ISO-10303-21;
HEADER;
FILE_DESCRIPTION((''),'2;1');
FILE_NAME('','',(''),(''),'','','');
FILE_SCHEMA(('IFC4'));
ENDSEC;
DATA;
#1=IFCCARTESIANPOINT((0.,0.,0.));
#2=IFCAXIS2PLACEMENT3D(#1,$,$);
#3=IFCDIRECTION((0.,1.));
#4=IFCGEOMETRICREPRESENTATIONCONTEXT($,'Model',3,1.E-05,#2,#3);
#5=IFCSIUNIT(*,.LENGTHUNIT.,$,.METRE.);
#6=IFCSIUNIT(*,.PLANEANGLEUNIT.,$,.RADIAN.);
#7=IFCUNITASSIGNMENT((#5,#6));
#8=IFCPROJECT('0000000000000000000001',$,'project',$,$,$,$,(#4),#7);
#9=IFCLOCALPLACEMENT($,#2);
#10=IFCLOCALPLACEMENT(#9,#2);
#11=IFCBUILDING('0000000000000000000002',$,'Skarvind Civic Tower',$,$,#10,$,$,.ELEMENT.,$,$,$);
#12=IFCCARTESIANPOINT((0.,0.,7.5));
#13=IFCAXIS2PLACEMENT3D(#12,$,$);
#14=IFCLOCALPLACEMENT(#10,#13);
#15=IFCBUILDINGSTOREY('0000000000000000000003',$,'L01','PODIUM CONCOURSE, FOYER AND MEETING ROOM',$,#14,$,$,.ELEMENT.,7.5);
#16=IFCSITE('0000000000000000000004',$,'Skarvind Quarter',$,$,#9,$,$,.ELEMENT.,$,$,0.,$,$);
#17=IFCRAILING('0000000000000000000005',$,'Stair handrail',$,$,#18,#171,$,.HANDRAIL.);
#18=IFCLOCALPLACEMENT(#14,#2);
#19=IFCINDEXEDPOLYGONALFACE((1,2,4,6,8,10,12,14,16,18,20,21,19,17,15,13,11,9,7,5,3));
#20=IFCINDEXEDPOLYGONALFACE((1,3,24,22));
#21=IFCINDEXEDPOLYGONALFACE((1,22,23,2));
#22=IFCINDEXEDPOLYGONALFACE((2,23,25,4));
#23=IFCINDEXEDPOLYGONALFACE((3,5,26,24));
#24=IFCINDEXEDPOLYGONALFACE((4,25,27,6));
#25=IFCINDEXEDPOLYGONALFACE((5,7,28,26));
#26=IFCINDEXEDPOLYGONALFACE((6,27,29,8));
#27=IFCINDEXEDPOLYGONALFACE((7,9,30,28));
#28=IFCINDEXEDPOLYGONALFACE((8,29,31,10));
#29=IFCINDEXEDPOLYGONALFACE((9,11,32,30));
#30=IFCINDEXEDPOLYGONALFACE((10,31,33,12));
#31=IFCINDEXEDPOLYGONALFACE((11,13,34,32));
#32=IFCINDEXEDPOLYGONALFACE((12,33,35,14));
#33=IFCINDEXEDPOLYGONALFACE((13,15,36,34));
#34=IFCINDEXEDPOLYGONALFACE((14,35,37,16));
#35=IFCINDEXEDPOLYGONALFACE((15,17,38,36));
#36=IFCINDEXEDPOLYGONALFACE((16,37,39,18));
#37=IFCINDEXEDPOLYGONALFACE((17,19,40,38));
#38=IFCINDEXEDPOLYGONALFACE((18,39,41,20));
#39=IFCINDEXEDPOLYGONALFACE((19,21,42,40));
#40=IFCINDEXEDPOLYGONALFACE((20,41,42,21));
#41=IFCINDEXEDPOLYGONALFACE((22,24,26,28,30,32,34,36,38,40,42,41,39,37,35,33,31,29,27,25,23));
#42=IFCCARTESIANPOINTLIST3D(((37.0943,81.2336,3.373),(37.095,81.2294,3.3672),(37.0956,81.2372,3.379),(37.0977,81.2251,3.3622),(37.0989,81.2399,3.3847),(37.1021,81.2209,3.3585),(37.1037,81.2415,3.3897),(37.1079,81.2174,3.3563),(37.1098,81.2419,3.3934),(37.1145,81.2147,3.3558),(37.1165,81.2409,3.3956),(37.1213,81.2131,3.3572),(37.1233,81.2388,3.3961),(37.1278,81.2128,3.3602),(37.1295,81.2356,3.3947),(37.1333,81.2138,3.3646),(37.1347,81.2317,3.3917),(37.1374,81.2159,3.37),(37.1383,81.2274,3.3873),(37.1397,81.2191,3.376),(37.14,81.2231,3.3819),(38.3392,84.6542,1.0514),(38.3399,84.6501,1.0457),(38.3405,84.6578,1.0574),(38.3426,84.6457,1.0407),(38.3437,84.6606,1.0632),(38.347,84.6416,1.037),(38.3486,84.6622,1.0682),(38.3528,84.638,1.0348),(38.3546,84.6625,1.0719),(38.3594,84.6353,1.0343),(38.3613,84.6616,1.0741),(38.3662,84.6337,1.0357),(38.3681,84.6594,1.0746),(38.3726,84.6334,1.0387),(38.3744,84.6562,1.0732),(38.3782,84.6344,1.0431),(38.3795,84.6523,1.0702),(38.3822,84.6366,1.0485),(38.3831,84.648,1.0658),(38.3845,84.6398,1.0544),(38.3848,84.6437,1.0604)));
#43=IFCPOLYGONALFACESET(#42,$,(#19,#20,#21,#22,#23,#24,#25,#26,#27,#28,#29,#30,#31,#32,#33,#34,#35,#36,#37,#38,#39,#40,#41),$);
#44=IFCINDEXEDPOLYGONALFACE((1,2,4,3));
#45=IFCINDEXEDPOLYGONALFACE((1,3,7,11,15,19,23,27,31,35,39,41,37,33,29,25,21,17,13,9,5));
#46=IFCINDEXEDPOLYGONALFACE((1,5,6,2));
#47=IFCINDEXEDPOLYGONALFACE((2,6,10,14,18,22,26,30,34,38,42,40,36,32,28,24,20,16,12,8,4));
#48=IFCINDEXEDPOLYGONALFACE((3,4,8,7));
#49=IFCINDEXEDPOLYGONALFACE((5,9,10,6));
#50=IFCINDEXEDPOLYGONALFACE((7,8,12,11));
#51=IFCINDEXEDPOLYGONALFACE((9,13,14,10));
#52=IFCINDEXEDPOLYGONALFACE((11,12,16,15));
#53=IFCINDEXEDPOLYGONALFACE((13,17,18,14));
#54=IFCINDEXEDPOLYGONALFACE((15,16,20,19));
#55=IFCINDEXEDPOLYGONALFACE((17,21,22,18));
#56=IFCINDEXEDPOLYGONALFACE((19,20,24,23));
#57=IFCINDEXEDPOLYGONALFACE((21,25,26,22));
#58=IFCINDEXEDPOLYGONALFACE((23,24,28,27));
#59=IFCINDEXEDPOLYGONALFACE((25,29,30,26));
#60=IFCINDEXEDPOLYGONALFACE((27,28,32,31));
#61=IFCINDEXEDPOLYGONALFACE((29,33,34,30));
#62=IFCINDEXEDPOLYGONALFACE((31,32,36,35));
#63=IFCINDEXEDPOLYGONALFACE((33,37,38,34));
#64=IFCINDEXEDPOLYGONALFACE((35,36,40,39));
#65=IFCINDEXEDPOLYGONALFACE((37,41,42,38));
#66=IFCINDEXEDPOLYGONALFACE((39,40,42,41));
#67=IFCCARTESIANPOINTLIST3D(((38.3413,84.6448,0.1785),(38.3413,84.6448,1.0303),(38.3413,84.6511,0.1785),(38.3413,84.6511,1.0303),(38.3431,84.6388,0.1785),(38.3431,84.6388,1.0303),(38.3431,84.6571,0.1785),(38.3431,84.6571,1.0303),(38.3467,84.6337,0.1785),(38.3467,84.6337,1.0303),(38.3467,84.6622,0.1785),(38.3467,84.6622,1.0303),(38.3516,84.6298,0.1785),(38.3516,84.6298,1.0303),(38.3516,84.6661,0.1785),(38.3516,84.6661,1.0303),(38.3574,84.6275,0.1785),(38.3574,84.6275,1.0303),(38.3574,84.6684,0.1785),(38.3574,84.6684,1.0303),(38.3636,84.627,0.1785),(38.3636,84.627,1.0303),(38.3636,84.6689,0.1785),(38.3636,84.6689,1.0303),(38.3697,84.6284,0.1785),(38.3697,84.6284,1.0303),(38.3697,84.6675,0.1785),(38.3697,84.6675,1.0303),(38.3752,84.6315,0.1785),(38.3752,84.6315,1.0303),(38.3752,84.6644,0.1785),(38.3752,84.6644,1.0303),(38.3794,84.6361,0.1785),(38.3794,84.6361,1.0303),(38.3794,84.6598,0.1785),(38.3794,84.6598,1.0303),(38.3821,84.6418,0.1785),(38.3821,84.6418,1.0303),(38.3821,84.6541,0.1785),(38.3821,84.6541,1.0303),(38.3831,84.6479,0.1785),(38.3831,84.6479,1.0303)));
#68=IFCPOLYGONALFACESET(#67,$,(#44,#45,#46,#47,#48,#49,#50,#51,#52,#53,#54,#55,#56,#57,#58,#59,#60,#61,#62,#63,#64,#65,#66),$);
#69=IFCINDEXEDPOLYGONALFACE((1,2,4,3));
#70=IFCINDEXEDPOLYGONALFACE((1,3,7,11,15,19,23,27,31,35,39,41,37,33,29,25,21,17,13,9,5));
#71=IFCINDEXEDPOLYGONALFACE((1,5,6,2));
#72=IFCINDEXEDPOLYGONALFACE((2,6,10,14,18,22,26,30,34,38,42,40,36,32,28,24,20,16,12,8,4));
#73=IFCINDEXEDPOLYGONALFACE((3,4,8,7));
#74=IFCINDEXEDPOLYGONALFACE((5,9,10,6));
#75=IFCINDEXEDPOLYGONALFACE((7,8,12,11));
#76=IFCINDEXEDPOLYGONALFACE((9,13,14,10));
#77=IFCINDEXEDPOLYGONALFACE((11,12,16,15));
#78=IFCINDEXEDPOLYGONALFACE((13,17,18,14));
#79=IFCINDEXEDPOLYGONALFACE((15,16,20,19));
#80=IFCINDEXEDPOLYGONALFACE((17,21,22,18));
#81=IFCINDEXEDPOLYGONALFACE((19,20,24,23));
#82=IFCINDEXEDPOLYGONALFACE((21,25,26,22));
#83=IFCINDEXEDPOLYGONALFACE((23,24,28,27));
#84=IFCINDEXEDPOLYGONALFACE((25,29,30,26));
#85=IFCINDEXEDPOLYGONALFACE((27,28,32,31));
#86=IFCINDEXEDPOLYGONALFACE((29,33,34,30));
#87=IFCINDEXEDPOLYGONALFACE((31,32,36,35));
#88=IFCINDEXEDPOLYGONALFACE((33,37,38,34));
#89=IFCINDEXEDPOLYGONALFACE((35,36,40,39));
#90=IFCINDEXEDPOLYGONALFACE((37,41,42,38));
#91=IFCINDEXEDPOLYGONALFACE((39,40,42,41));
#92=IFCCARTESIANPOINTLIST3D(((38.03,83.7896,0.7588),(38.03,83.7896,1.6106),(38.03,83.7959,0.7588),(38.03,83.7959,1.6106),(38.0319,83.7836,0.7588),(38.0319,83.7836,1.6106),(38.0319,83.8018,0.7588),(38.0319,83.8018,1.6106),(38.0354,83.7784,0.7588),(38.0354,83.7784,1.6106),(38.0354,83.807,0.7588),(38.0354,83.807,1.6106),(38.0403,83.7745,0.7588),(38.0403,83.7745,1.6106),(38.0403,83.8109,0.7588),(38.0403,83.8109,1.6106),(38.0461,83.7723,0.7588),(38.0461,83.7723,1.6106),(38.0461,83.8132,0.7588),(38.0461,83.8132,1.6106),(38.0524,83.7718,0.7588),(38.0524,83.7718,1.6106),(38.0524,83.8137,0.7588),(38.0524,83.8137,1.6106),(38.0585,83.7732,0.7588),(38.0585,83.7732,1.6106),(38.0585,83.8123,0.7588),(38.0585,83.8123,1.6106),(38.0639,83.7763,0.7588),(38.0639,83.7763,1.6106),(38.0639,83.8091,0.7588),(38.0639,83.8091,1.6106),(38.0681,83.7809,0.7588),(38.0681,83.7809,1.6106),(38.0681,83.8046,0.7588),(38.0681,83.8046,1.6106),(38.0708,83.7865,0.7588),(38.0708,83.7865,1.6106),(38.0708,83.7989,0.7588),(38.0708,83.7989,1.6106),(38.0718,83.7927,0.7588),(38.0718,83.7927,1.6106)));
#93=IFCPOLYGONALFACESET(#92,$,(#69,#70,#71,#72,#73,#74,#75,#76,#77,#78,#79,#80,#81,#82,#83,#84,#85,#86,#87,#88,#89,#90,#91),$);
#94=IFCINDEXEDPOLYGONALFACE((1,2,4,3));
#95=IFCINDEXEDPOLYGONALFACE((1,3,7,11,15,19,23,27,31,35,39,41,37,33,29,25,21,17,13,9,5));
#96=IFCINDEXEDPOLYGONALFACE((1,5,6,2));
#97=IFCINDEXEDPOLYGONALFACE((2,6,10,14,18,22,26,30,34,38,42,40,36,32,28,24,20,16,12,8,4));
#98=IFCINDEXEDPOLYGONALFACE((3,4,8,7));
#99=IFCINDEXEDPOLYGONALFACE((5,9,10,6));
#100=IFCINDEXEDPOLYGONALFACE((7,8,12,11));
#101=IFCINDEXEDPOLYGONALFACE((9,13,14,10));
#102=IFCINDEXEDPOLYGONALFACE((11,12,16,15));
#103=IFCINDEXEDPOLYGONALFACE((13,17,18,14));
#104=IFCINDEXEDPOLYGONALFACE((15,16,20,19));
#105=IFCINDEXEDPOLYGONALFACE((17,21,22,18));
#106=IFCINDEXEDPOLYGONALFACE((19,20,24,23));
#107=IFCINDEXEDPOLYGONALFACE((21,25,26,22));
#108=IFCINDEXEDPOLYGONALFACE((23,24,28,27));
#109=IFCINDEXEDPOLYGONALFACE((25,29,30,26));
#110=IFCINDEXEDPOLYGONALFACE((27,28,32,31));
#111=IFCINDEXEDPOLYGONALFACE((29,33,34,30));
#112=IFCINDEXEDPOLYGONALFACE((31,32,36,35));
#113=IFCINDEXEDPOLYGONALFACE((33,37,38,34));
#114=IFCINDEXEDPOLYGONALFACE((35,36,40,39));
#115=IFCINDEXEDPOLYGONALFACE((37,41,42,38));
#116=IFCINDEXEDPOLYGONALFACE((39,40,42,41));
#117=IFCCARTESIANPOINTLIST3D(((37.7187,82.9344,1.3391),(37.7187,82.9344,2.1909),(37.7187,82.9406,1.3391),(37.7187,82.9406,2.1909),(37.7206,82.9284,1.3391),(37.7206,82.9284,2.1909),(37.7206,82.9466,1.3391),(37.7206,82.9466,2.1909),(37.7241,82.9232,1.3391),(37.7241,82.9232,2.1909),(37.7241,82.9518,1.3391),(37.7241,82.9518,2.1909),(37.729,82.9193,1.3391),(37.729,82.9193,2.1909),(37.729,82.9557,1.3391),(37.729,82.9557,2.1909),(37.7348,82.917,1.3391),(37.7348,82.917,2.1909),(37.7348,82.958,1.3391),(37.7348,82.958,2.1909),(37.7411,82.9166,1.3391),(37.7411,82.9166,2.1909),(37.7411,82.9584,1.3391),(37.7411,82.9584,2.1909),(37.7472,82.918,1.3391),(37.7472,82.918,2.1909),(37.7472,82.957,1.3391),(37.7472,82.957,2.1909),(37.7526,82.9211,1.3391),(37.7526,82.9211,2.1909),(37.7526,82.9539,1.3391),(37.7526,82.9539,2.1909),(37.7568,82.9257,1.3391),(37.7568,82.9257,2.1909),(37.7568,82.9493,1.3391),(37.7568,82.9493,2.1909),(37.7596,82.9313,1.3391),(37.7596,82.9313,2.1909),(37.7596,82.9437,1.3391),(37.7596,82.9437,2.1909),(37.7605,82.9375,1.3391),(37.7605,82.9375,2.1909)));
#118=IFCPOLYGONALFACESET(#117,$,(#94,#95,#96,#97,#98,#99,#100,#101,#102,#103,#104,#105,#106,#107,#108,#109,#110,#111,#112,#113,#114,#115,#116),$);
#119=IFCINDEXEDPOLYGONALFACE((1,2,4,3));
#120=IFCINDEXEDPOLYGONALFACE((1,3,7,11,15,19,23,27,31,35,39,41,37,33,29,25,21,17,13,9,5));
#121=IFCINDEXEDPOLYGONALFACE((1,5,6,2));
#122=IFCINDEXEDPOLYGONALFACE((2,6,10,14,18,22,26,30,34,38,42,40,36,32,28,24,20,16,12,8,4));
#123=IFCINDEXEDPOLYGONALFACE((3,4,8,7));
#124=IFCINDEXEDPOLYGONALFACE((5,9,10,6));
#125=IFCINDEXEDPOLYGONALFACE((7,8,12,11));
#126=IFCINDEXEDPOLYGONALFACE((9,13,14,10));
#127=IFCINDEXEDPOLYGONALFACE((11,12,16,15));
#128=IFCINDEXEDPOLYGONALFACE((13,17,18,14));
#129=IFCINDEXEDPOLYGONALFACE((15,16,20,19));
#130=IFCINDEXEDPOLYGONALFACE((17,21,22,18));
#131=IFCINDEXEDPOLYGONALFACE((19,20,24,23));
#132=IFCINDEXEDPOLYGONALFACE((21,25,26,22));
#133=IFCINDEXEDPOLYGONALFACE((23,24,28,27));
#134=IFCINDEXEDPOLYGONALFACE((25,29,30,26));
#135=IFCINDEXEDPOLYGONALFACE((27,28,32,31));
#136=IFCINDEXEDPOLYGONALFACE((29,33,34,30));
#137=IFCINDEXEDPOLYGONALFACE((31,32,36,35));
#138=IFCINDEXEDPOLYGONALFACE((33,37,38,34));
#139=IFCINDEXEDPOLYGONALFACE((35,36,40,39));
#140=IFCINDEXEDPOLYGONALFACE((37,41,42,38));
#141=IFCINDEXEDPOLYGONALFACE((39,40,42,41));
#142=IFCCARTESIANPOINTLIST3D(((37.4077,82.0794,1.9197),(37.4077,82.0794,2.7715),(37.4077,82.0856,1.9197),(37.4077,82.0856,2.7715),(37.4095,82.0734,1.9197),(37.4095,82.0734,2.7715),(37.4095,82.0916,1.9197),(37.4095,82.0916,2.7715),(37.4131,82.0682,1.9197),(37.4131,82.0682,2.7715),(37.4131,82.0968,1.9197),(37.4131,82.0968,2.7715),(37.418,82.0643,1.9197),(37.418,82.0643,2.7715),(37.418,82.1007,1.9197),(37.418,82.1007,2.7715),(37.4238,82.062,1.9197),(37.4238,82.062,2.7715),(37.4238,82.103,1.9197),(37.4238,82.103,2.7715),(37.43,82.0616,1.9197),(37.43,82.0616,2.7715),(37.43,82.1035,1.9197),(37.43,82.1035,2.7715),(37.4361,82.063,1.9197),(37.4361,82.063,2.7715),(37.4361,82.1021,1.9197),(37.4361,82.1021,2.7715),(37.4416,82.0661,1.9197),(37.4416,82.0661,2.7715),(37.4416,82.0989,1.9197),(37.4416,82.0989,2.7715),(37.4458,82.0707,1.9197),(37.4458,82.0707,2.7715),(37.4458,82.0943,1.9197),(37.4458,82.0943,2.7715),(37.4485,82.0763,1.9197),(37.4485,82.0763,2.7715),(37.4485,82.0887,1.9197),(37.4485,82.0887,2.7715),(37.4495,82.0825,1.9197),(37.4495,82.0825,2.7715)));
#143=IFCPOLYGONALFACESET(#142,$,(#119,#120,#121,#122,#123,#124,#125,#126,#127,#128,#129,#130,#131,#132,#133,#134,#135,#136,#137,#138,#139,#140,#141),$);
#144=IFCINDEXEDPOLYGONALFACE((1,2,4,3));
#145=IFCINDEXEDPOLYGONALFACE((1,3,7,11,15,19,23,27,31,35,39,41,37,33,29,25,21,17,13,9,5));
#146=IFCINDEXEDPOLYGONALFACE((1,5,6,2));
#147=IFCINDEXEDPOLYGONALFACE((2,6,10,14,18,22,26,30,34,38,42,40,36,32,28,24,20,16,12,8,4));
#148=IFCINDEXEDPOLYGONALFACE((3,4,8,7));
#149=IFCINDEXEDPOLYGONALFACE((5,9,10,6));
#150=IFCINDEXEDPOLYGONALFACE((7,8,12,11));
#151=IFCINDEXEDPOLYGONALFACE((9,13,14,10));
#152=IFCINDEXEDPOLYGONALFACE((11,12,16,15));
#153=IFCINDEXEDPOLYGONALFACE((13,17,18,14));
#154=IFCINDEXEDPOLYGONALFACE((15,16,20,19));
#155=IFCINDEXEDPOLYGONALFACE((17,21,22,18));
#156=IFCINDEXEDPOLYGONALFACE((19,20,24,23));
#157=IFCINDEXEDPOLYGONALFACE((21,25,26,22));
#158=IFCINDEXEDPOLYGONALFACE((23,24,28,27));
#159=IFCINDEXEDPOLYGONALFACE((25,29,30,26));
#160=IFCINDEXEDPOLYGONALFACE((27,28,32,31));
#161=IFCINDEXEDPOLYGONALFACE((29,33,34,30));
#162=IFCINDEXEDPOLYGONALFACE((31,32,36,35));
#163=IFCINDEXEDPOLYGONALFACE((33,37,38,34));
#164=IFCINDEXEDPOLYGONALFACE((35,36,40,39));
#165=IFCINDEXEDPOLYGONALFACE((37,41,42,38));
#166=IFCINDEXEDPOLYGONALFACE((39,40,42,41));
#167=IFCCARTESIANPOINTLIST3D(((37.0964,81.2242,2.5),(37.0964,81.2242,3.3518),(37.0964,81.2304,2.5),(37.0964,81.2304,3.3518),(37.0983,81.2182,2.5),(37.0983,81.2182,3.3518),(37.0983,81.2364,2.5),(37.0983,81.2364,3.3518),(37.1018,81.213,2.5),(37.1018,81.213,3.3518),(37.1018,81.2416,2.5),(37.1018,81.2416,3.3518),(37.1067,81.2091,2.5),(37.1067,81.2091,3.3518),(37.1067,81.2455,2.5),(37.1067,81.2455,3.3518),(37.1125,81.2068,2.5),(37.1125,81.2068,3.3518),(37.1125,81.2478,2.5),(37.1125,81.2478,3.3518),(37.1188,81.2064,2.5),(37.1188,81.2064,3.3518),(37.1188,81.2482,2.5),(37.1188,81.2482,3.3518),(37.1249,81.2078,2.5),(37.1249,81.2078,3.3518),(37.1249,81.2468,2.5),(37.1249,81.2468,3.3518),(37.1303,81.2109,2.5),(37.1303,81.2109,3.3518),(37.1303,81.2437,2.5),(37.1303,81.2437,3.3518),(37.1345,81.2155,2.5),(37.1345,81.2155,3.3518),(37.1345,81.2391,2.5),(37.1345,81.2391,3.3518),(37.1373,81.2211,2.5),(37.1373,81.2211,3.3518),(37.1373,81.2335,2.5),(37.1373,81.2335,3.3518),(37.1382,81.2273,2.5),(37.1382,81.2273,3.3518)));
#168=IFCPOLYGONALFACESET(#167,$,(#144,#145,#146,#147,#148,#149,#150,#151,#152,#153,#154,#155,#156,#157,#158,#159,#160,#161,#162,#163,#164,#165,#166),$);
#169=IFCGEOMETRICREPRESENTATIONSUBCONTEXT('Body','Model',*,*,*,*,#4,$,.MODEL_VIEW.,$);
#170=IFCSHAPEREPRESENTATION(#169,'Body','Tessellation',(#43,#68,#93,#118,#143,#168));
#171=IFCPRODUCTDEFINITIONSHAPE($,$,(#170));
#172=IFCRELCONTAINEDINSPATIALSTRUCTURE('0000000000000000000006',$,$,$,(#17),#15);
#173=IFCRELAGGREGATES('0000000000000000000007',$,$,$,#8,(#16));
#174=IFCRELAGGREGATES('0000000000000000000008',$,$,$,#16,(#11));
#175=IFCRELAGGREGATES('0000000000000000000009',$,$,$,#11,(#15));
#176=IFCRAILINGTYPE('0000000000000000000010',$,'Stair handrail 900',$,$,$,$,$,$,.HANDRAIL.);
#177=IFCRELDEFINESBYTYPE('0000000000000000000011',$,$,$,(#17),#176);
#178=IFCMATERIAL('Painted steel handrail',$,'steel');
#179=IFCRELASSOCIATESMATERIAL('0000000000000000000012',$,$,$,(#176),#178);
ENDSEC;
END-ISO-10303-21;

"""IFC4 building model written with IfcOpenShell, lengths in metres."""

from ifc_helpers import new_model, si_unit, direction, frame, origin, origin_2d, place, context, subcontext, project, spatial, circle, extrude, material, type_object, element, save


model = new_model("IFC4")

# Units and contexts
model_context = context("Model", 3, precision=1e-05, world=origin(), true_north=direction((0.0, 1.0)))
body_context = subcontext(model_context, "Body", "Model", "MODEL_VIEW")
ifc_project = project(units=[si_unit("LENGTHUNIT", "METRE"), si_unit("PLANEANGLEUNIT", "RADIAN")], contexts=[model_context])

# Site, building, storey
site_placement = place(None, origin())
site = spatial("IfcSite", under=ifc_project, at=site_placement, Name="Skarvind Quarter", CompositionType="ELEMENT", RefElevation=0.0)
building_placement = place(site_placement, origin())
building = spatial("IfcBuilding", under=site, at=building_placement, Name="Skarvind Civic Tower", CompositionType="ELEMENT")
storey_placement = place(building_placement, frame((0.0, 0.0, 7.5)))
storey = spatial("IfcBuildingStorey", under=building, at=storey_placement, Name="L01", Description="PODIUM CONCOURSE, FOYER AND MEETING ROOM", CompositionType="ELEMENT", Elevation=7.5)

# Railing
ifc_material_1 = material(Name="Painted steel handrail", Category="steel")
railing_type = type_object("IfcRailingType", Name="Stair handrail 900", PredefinedType="HANDRAIL", material=ifc_material_1)
railing_1_placement = place(storey_placement, frame((38.3621, 84.6479, 0.1785)))
element("IfcRailing", 1, at=railing_1_placement, inside=storey, type_object=railing_type, Name="Stair handrail", PredefinedType="HANDRAIL", context=body_context, shape_type="SweptSolid", body=[
    extrude(circle(Radius=0.0239, at=origin_2d()), frame((0.0, 0.0, 0.876), z_axis=(-0.288337, -0.792292, 0.537713), x_axis=(0.939705, -0.341985, 0.0)), (0.0, 0.0, 1.0), 4.3174),
    extrude(circle(Radius=0.021, at=origin_2d()), origin(), (0.0, 0.0, 1.0), 0.8518),
    extrude(circle(Radius=0.021, at=origin_2d()), frame((-0.3113, -0.8552, 0.5803)), (0.0, 0.0, 1.0), 0.8518),
    extrude(circle(Radius=0.021, at=origin_2d()), frame((-0.6226, -1.7104, 1.1606)), (0.0, 0.0, 1.0), 0.8518),
    extrude(circle(Radius=0.021, at=origin_2d()), frame((-0.9336, -2.5654, 1.7412)), (0.0, 0.0, 1.0), 0.8518),
    extrude(circle(Radius=0.021, at=origin_2d()), frame((-1.2449, -3.4207, 2.3215)), (0.0, 0.0, 1.0), 0.8518),
])

save(model, "model.ifc")
